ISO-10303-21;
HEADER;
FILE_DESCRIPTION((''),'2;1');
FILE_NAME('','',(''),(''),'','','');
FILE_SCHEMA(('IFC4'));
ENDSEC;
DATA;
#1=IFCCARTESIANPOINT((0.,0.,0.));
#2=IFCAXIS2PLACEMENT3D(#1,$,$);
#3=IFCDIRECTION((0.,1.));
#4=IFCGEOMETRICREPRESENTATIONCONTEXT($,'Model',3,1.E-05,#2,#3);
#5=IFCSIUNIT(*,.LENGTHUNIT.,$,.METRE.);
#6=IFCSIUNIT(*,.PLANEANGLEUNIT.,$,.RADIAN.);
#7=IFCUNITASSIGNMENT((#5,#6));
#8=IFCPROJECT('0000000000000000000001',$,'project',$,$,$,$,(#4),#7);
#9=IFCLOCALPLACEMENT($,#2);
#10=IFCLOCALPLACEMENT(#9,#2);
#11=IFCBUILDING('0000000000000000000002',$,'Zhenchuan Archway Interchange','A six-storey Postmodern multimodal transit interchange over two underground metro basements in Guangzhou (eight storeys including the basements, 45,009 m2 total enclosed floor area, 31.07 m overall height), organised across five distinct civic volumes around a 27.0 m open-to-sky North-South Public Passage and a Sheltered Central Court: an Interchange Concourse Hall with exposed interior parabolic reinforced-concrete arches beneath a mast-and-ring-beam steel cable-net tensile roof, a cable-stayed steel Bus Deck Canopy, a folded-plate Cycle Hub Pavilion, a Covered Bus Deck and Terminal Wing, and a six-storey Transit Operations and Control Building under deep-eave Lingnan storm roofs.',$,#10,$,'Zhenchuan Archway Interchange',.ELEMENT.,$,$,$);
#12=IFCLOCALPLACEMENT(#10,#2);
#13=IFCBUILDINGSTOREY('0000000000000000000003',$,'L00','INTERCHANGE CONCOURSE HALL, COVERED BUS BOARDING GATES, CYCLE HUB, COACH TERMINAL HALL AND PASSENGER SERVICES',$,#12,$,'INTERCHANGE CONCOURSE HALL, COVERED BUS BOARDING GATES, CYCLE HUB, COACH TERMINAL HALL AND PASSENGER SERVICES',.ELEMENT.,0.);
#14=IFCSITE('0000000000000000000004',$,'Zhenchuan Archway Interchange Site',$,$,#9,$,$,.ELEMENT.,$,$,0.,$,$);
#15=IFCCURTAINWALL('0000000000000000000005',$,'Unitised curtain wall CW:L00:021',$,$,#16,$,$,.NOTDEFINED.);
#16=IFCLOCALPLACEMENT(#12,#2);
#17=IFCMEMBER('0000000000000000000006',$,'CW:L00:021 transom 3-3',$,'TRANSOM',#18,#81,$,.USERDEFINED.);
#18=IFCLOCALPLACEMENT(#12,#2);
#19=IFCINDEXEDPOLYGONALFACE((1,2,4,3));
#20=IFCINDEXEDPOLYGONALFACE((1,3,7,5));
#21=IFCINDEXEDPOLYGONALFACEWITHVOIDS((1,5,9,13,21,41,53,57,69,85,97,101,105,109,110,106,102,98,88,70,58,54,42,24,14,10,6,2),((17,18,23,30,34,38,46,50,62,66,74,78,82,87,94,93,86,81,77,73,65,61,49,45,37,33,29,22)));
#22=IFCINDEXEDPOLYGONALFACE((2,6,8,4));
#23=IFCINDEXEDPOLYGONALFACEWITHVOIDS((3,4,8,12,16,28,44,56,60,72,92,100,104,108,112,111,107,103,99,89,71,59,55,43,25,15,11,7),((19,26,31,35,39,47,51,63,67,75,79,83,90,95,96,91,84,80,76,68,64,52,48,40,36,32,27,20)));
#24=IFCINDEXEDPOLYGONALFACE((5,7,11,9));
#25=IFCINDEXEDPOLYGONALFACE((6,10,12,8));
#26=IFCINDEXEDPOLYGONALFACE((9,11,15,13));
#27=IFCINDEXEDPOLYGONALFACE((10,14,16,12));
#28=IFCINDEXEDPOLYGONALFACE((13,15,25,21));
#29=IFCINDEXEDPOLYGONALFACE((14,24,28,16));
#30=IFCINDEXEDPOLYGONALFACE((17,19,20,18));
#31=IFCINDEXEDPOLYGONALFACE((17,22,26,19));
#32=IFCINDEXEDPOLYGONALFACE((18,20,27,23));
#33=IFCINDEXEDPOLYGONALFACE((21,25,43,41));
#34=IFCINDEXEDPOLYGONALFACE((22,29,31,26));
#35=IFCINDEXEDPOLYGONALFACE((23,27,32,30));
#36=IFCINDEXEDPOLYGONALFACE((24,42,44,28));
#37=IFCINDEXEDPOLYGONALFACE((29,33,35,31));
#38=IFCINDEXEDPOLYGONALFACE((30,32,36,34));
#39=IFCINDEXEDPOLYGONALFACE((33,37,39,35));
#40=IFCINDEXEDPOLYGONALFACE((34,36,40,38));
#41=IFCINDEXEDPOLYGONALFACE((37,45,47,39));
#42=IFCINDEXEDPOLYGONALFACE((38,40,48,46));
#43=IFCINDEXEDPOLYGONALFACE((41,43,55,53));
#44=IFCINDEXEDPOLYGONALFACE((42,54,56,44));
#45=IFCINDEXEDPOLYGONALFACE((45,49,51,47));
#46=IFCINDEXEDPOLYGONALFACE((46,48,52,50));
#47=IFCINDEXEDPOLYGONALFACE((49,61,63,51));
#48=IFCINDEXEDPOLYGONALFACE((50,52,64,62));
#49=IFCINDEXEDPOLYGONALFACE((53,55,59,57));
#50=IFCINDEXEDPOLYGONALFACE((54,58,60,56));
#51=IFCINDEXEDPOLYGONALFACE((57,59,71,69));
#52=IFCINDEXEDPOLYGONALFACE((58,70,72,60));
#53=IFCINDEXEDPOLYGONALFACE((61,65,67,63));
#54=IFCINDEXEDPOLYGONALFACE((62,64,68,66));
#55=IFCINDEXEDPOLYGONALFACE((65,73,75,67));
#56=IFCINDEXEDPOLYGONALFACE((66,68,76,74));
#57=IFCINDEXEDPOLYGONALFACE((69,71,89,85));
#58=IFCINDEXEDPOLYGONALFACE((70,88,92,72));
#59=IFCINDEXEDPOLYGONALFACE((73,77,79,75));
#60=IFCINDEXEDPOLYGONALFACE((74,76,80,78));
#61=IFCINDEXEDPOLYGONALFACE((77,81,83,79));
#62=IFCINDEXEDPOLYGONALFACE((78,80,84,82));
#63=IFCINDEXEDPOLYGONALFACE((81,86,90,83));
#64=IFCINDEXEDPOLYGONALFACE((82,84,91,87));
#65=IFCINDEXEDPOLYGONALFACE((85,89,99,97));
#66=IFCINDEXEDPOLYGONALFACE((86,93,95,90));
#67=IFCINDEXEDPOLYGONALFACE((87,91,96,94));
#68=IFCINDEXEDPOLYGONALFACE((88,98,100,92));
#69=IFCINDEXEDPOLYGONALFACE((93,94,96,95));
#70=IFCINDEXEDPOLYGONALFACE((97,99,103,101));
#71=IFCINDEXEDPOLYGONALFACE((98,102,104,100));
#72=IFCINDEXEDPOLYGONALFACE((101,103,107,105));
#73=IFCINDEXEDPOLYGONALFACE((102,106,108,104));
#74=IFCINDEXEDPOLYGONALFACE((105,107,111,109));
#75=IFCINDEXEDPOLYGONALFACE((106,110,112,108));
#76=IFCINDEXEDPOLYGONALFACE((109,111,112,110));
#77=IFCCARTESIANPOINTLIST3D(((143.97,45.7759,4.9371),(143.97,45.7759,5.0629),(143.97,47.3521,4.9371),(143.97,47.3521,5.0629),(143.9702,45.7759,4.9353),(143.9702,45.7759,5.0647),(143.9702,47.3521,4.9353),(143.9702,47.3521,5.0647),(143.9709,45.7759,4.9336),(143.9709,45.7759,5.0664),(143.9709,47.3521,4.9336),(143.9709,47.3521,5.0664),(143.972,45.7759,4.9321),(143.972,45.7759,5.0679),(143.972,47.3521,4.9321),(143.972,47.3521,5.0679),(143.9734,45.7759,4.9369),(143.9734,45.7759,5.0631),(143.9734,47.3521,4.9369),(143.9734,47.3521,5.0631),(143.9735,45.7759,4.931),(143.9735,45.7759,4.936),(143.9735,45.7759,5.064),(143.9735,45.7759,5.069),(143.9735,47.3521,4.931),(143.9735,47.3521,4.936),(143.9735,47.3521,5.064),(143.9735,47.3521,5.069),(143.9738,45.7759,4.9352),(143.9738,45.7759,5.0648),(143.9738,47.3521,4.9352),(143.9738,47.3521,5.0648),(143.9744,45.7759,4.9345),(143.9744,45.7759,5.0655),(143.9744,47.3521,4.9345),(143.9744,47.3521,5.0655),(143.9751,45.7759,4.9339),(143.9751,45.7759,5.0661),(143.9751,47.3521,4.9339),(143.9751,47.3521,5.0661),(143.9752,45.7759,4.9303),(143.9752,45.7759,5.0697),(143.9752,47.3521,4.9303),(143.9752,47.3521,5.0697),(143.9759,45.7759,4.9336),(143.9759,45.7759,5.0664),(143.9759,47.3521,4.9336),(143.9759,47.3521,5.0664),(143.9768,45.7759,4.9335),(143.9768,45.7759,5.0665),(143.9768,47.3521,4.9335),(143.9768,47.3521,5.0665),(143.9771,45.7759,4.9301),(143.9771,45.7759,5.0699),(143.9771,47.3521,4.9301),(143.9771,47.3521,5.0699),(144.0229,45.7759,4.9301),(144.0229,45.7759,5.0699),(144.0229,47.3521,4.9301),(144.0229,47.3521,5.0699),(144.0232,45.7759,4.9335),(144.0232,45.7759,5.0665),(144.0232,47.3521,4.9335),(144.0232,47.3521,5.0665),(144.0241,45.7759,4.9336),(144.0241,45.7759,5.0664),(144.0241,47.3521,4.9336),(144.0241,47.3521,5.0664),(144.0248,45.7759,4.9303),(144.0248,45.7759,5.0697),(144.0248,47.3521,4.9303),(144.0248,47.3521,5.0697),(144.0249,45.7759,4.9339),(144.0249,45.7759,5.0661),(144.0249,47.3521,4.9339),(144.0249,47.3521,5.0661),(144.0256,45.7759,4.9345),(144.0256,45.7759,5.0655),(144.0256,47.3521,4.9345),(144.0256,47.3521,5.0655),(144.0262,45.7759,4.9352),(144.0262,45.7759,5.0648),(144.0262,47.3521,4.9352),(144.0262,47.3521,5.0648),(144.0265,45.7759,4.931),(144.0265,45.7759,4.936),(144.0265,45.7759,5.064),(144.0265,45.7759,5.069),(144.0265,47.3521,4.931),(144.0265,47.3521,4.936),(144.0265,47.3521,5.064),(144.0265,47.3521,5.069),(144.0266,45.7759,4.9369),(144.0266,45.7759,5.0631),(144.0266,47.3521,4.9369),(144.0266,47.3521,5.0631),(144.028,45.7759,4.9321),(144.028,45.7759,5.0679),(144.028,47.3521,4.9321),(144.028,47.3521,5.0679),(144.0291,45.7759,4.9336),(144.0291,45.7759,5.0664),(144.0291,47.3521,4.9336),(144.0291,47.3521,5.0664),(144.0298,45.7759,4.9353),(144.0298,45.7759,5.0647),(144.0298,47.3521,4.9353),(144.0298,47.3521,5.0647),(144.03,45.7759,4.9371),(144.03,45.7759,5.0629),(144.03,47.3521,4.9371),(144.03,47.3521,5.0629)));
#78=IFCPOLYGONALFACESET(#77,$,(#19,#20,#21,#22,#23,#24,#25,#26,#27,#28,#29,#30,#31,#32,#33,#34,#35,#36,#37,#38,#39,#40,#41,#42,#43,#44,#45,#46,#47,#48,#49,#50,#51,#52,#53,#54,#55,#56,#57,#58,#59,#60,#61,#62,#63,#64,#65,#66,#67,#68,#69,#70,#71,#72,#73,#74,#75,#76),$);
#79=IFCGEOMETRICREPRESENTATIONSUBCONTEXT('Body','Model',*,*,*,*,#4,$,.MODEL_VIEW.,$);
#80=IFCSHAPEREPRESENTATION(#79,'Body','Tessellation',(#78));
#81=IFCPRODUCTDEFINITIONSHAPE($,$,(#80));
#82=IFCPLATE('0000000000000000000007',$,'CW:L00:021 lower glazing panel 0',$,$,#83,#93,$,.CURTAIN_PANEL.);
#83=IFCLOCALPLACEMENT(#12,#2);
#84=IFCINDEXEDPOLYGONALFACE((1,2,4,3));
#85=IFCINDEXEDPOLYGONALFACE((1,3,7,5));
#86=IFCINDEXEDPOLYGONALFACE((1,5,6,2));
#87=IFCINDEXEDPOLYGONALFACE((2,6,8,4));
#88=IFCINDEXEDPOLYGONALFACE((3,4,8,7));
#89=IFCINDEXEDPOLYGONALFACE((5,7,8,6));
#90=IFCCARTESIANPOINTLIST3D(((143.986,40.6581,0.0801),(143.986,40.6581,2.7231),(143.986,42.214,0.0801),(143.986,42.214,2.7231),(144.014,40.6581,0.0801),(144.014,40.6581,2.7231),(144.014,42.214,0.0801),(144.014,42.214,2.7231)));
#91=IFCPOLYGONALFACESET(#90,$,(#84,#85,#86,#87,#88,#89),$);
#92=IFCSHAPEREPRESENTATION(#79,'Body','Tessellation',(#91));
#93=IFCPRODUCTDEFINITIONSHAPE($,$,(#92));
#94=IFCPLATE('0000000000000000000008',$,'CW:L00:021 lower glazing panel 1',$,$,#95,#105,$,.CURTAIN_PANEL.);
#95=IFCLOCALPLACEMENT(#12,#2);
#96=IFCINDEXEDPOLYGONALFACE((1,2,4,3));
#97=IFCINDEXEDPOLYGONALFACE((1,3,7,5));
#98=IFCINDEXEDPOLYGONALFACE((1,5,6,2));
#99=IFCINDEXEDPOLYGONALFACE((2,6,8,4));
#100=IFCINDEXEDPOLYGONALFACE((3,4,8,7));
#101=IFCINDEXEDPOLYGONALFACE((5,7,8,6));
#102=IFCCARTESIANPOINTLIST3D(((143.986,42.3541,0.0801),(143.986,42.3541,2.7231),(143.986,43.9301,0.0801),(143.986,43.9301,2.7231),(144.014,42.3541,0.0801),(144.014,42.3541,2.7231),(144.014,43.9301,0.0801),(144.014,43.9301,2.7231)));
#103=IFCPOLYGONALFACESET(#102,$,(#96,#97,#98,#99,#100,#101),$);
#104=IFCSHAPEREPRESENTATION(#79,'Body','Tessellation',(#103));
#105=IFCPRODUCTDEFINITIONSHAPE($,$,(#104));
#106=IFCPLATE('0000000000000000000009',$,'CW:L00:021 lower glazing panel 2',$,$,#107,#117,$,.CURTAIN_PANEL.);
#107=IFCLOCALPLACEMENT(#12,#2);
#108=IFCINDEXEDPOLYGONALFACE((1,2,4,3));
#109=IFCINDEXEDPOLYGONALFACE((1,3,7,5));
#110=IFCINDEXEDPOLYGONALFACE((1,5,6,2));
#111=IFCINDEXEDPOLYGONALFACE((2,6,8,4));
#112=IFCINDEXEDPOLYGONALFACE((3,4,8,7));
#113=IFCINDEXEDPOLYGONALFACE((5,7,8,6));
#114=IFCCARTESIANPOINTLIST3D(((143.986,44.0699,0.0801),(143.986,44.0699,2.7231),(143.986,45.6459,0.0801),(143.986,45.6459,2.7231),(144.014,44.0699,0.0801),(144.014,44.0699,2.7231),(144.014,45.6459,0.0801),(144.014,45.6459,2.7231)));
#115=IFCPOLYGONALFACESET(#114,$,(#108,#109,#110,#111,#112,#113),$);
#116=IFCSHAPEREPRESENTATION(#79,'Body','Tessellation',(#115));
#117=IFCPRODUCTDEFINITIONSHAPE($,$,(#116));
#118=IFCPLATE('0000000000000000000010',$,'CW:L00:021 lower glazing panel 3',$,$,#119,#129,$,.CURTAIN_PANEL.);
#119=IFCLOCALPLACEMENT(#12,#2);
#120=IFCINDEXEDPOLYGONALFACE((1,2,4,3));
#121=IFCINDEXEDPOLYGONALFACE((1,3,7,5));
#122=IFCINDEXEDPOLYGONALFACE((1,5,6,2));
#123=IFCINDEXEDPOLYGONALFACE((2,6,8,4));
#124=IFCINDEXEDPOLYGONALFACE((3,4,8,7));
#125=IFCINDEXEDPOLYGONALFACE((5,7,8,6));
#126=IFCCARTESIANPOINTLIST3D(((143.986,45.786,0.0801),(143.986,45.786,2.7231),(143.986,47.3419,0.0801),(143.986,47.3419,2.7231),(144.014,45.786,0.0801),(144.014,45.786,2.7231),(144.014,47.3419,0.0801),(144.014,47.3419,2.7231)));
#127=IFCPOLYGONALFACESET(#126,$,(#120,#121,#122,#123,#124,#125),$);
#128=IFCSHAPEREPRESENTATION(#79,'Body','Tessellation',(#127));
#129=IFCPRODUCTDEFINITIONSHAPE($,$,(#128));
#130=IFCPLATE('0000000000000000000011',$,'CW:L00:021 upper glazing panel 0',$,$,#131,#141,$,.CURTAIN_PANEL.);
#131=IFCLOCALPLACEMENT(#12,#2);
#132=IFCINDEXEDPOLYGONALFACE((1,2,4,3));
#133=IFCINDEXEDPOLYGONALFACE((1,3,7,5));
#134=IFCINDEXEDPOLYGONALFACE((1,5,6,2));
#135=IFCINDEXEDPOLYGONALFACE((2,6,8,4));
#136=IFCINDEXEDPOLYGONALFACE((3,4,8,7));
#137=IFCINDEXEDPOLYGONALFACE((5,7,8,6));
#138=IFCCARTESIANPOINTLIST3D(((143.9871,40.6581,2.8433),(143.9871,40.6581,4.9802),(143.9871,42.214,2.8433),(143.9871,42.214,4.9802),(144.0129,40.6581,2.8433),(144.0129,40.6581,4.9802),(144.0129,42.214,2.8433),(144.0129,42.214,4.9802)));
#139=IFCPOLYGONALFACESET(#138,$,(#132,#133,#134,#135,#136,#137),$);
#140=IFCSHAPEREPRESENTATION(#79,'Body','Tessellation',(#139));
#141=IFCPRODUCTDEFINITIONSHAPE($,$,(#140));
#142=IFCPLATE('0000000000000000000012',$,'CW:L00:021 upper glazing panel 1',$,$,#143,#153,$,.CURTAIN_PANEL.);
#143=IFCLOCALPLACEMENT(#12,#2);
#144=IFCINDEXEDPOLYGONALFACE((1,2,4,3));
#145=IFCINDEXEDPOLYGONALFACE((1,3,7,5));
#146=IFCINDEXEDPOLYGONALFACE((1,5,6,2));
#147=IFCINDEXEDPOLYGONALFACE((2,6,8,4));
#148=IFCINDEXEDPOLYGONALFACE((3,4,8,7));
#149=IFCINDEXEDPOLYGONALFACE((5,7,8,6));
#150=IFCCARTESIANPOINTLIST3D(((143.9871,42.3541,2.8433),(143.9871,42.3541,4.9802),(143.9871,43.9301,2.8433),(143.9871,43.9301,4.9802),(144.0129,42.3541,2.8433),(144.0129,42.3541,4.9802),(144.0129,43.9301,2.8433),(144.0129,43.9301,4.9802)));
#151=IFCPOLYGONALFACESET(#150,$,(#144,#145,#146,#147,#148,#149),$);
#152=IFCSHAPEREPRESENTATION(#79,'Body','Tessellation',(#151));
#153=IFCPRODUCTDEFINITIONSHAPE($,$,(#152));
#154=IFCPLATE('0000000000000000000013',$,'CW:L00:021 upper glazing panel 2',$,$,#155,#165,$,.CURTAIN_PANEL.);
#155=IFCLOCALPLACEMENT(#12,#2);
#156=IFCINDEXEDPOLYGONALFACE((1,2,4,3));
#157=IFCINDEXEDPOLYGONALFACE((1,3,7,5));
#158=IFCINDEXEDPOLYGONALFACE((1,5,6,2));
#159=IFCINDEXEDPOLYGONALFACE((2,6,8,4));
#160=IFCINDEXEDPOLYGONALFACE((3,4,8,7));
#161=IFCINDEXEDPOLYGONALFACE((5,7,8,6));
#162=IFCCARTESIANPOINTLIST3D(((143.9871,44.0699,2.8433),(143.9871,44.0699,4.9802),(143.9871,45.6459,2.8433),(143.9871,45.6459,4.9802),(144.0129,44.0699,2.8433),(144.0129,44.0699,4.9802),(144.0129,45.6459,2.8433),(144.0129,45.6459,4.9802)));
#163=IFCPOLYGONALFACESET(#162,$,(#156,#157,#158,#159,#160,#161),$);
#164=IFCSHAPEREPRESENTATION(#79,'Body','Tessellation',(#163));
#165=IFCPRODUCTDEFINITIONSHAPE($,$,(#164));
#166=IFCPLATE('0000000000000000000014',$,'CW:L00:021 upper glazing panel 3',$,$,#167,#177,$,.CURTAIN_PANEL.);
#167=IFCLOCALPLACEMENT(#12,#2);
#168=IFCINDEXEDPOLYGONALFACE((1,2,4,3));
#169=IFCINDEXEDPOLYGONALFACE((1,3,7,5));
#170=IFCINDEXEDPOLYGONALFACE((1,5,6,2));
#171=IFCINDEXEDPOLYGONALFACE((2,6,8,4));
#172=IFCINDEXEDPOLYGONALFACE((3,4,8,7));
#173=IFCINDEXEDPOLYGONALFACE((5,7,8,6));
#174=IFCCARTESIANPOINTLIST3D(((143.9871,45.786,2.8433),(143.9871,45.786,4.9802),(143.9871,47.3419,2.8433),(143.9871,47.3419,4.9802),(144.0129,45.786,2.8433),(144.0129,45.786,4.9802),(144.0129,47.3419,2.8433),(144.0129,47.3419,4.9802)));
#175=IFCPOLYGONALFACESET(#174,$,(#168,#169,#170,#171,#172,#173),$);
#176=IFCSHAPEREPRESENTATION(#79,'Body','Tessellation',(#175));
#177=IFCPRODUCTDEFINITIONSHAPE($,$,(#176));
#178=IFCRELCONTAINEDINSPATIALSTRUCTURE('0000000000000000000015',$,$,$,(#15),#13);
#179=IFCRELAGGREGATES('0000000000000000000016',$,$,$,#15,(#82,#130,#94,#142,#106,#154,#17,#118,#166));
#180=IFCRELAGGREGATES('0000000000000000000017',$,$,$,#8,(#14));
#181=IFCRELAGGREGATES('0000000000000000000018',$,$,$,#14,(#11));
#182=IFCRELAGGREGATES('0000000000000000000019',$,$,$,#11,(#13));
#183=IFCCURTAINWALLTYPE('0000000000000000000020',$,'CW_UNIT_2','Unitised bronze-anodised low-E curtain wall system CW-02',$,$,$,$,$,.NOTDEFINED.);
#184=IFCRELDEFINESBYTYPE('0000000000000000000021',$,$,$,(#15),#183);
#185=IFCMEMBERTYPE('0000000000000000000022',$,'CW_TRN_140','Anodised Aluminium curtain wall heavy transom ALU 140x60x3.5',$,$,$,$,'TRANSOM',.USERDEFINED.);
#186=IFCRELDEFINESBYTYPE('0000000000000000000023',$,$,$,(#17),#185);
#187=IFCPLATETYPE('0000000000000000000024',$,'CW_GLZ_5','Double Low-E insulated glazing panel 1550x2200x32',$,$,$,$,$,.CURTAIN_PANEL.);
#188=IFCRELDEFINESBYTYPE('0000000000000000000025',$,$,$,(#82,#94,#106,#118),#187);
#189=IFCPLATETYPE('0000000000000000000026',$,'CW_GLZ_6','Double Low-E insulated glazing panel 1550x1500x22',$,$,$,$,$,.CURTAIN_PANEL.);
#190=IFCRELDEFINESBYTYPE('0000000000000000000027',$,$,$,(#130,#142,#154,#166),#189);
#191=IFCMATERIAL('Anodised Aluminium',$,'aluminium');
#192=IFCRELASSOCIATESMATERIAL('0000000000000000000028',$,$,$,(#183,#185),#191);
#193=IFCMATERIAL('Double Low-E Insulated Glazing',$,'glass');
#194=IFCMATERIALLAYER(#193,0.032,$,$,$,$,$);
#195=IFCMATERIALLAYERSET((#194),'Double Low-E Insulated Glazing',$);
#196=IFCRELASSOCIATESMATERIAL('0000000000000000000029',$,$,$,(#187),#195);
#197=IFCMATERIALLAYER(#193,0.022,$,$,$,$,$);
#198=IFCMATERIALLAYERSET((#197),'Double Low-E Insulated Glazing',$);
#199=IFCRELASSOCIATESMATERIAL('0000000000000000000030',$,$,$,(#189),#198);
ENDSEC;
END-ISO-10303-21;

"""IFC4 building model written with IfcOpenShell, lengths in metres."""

from ifc_helpers import new_model, si_unit, direction, frame, origin, origin_2d, place, context, subcontext, project, spatial, rectangle, hollow_rectangle, extrude, material, layer, layer_set, material_profile, profile_set, type_object, element, aggregate, save


model = new_model("IFC4")

# Units and contexts
model_context = context("Model", 3, precision=1e-05, world=origin(), true_north=direction((0.0, 1.0)))
body_context = subcontext(model_context, "Body", "Model", "MODEL_VIEW")
ifc_project = project(units=[si_unit("LENGTHUNIT", "METRE"), si_unit("PLANEANGLEUNIT", "RADIAN")], contexts=[model_context])

# Site, building, storey
site_placement = place(None, origin())
site = spatial("IfcSite", under=ifc_project, at=site_placement, Name="Zhenchuan Archway Interchange Site", CompositionType="ELEMENT", RefElevation=0.0)
building_placement = place(site_placement, origin())
building = spatial("IfcBuilding", under=site, at=building_placement, Name="Zhenchuan Archway Interchange", Description="A six-storey Postmodern multimodal transit interchange over two underground metro basements in Guangzhou (eight storeys including the basements, 45,009 m2 total enclosed floor area, 31.07 m overall height), organised across five distinct civic volumes around a 27.0 m open-to-sky North-South Public Passage and a Sheltered Central Court: an Interchange Concourse Hall with exposed interior parabolic reinforced-concrete arches beneath a mast-and-ring-beam steel cable-net tensile roof, a cable-stayed steel Bus Deck Canopy, a folded-plate Cycle Hub Pavilion, a Covered Bus Deck and Terminal Wing, and a six-storey Transit Operations and Control Building under deep-eave Lingnan storm roofs.", LongName="Zhenchuan Archway Interchange", CompositionType="ELEMENT")
storey_placement = place(building_placement, origin())
storey = spatial("IfcBuildingStorey", under=building, at=storey_placement, Name="L00", Description="INTERCHANGE CONCOURSE HALL, COVERED BUS BOARDING GATES, CYCLE HUB, COACH TERMINAL HALL AND PASSENGER SERVICES", LongName="INTERCHANGE CONCOURSE HALL, COVERED BUS BOARDING GATES, CYCLE HUB, COACH TERMINAL HALL AND PASSENGER SERVICES", CompositionType="ELEMENT", Elevation=0.0)

# Curtain wall, member, plates
ifc_material_1 = material(Name="Anodised Aluminium", Category="aluminium")
curtain_wall_type = type_object("IfcCurtainWallType", Name="CW_UNIT_2", Description="Unitised bronze-anodised low-E curtain wall system CW-02", PredefinedType="NOTDEFINED", material=ifc_material_1)
curtain_wall_placement = place(storey_placement, origin())
curtain_wall = element("IfcCurtainWall", 1, at=curtain_wall_placement, inside=storey, type_object=curtain_wall_type, Name="Unitised curtain wall CW:L00:021", PredefinedType="NOTDEFINED")
ifc_material_profile_1 = material_profile(ifc_material_1, hollow_rectangle(XDim=0.0601, YDim=0.1399, WallThickness=0.0034, InnerFilletRadius=0.0034, OuterFilletRadius=0.0071, at=origin_2d()), Name="ALU 140x60x3.5")
ifc_profile_set_1 = profile_set([ifc_material_profile_1], Name="Anodised Aluminium")
member_type_1 = type_object("IfcMemberType", Name="CW_TRN_140", Description="Anodised Aluminium curtain wall heavy transom ALU 140x60x3.5", ElementType="TRANSOM", PredefinedType="USERDEFINED", material=ifc_profile_set_1)
member_1_placement = place(storey_placement, frame((144.0, 45.7759, 5.0), z_axis=(0.0, 1.0, 0.0), x_axis=(-1.0, 0.0, 0.0)))
member_1 = element("IfcMember", 2, at=member_1_placement, type_object=member_type_1, Name="CW:L00:021 transom 3-3", ObjectType="TRANSOM", PredefinedType="USERDEFINED", context=body_context, shape_type="SweptSolid", body=[
    extrude(hollow_rectangle(XDim=0.0601, YDim=0.1399, WallThickness=0.0034, InnerFilletRadius=0.0034, OuterFilletRadius=0.0071, at=origin_2d()), origin(), (0.0, 0.0, 1.0), 1.5762),
])
ifc_material_2 = material(Name="Double Low-E Insulated Glazing", Category="glass")
ifc_layer_1 = layer(ifc_material_2, 0.032)
ifc_layer_set_1 = layer_set([ifc_layer_1], Name="Double Low-E Insulated Glazing")
plate_type_1 = type_object("IfcPlateType", Name="CW_GLZ_5", Description="Double Low-E insulated glazing panel 1550x2200x32", PredefinedType="CURTAIN_PANEL", material=ifc_layer_set_1)
plate_1_placement = place(storey_placement, frame((144.0, 41.436, 0.0801), z_axis=(0.0, 0.0, 1.0), x_axis=(0.0, 1.0, 0.0)))
plate_1 = element("IfcPlate", 3, at=plate_1_placement, type_object=plate_type_1, Name="CW:L00:021 lower glazing panel 0", PredefinedType="CURTAIN_PANEL", context=body_context, shape_type="SweptSolid", body=[
    extrude(rectangle(XDim=1.5559, YDim=0.0281, at=origin_2d()), origin(), (0.0, 0.0, 1.0), 2.6431),
])
plate_2_placement = place(storey_placement, frame((144.0, 43.1421, 0.0801), z_axis=(0.0, 0.0, 1.0), x_axis=(0.0, 1.0, 0.0)))
plate_2 = element("IfcPlate", 4, at=plate_2_placement, type_object=plate_type_1, Name="CW:L00:021 lower glazing panel 1", PredefinedType="CURTAIN_PANEL", context=body_context, shape_type="SweptSolid", body=[
    extrude(rectangle(XDim=1.5759, YDim=0.0281, at=origin_2d()), origin(), (0.0, 0.0, 1.0), 2.6431),
])
plate_3_placement = place(storey_placement, frame((144.0, 44.8579, 0.0801), z_axis=(0.0, 0.0, 1.0), x_axis=(0.0, 1.0, 0.0)))
plate_3 = element("IfcPlate", 5, at=plate_3_placement, type_object=plate_type_1, Name="CW:L00:021 lower glazing panel 2", PredefinedType="CURTAIN_PANEL", context=body_context, shape_type="SweptSolid", body=[
    extrude(rectangle(XDim=1.5759, YDim=0.0281, at=origin_2d()), origin(), (0.0, 0.0, 1.0), 2.6431),
])
plate_4_placement = place(storey_placement, frame((144.0, 46.564, 0.0801), z_axis=(0.0, 0.0, 1.0), x_axis=(0.0, 1.0, 0.0)))
plate_4 = element("IfcPlate", 6, at=plate_4_placement, type_object=plate_type_1, Name="CW:L00:021 lower glazing panel 3", PredefinedType="CURTAIN_PANEL", context=body_context, shape_type="SweptSolid", body=[
    extrude(rectangle(XDim=1.5559, YDim=0.0281, at=origin_2d()), origin(), (0.0, 0.0, 1.0), 2.6431),
])
ifc_layer_2 = layer(ifc_material_2, 0.022)
ifc_layer_set_2 = layer_set([ifc_layer_2], Name="Double Low-E Insulated Glazing")
plate_type_2 = type_object("IfcPlateType", Name="CW_GLZ_6", Description="Double Low-E insulated glazing panel 1550x1500x22", PredefinedType="CURTAIN_PANEL", material=ifc_layer_set_2)
plate_5_placement = place(storey_placement, frame((144.0, 41.436, 2.8433), z_axis=(0.0, 0.0, 1.0), x_axis=(0.0, 1.0, 0.0)))
plate_5 = element("IfcPlate", 7, at=plate_5_placement, type_object=plate_type_2, Name="CW:L00:021 upper glazing panel 0", PredefinedType="CURTAIN_PANEL", context=body_context, shape_type="SweptSolid", body=[
    extrude(rectangle(XDim=1.5559, YDim=0.0259, at=origin_2d()), origin(), (0.0, 0.0, 1.0), 2.137),
])
plate_6_placement = place(storey_placement, frame((144.0, 43.1421, 2.8433), z_axis=(0.0, 0.0, 1.0), x_axis=(0.0, 1.0, 0.0)))
plate_6 = element("IfcPlate", 8, at=plate_6_placement, type_object=plate_type_2, Name="CW:L00:021 upper glazing panel 1", PredefinedType="CURTAIN_PANEL", context=body_context, shape_type="SweptSolid", body=[
    extrude(rectangle(XDim=1.5759, YDim=0.0259, at=origin_2d()), origin(), (0.0, 0.0, 1.0), 2.137),
])
plate_7_placement = place(storey_placement, frame((144.0, 44.8579, 2.8433), z_axis=(0.0, 0.0, 1.0), x_axis=(0.0, 1.0, 0.0)))
plate_7 = element("IfcPlate", 9, at=plate_7_placement, type_object=plate_type_2, Name="CW:L00:021 upper glazing panel 2", PredefinedType="CURTAIN_PANEL", context=body_context, shape_type="SweptSolid", body=[
    extrude(rectangle(XDim=1.5759, YDim=0.0259, at=origin_2d()), origin(), (0.0, 0.0, 1.0), 2.137),
])
plate_8_placement = place(storey_placement, frame((144.0, 46.564, 2.8433), z_axis=(0.0, 0.0, 1.0), x_axis=(0.0, 1.0, 0.0)))
plate_8 = element("IfcPlate", 10, at=plate_8_placement, type_object=plate_type_2, Name="CW:L00:021 upper glazing panel 3", PredefinedType="CURTAIN_PANEL", context=body_context, shape_type="SweptSolid", body=[
    extrude(rectangle(XDim=1.5559, YDim=0.0259, at=origin_2d()), origin(), (0.0, 0.0, 1.0), 2.137),
])
aggregate(curtain_wall, [plate_1, plate_5, plate_2, plate_6, plate_3, plate_7, member_1, plate_4, plate_8])

save(model, "model.ifc")
